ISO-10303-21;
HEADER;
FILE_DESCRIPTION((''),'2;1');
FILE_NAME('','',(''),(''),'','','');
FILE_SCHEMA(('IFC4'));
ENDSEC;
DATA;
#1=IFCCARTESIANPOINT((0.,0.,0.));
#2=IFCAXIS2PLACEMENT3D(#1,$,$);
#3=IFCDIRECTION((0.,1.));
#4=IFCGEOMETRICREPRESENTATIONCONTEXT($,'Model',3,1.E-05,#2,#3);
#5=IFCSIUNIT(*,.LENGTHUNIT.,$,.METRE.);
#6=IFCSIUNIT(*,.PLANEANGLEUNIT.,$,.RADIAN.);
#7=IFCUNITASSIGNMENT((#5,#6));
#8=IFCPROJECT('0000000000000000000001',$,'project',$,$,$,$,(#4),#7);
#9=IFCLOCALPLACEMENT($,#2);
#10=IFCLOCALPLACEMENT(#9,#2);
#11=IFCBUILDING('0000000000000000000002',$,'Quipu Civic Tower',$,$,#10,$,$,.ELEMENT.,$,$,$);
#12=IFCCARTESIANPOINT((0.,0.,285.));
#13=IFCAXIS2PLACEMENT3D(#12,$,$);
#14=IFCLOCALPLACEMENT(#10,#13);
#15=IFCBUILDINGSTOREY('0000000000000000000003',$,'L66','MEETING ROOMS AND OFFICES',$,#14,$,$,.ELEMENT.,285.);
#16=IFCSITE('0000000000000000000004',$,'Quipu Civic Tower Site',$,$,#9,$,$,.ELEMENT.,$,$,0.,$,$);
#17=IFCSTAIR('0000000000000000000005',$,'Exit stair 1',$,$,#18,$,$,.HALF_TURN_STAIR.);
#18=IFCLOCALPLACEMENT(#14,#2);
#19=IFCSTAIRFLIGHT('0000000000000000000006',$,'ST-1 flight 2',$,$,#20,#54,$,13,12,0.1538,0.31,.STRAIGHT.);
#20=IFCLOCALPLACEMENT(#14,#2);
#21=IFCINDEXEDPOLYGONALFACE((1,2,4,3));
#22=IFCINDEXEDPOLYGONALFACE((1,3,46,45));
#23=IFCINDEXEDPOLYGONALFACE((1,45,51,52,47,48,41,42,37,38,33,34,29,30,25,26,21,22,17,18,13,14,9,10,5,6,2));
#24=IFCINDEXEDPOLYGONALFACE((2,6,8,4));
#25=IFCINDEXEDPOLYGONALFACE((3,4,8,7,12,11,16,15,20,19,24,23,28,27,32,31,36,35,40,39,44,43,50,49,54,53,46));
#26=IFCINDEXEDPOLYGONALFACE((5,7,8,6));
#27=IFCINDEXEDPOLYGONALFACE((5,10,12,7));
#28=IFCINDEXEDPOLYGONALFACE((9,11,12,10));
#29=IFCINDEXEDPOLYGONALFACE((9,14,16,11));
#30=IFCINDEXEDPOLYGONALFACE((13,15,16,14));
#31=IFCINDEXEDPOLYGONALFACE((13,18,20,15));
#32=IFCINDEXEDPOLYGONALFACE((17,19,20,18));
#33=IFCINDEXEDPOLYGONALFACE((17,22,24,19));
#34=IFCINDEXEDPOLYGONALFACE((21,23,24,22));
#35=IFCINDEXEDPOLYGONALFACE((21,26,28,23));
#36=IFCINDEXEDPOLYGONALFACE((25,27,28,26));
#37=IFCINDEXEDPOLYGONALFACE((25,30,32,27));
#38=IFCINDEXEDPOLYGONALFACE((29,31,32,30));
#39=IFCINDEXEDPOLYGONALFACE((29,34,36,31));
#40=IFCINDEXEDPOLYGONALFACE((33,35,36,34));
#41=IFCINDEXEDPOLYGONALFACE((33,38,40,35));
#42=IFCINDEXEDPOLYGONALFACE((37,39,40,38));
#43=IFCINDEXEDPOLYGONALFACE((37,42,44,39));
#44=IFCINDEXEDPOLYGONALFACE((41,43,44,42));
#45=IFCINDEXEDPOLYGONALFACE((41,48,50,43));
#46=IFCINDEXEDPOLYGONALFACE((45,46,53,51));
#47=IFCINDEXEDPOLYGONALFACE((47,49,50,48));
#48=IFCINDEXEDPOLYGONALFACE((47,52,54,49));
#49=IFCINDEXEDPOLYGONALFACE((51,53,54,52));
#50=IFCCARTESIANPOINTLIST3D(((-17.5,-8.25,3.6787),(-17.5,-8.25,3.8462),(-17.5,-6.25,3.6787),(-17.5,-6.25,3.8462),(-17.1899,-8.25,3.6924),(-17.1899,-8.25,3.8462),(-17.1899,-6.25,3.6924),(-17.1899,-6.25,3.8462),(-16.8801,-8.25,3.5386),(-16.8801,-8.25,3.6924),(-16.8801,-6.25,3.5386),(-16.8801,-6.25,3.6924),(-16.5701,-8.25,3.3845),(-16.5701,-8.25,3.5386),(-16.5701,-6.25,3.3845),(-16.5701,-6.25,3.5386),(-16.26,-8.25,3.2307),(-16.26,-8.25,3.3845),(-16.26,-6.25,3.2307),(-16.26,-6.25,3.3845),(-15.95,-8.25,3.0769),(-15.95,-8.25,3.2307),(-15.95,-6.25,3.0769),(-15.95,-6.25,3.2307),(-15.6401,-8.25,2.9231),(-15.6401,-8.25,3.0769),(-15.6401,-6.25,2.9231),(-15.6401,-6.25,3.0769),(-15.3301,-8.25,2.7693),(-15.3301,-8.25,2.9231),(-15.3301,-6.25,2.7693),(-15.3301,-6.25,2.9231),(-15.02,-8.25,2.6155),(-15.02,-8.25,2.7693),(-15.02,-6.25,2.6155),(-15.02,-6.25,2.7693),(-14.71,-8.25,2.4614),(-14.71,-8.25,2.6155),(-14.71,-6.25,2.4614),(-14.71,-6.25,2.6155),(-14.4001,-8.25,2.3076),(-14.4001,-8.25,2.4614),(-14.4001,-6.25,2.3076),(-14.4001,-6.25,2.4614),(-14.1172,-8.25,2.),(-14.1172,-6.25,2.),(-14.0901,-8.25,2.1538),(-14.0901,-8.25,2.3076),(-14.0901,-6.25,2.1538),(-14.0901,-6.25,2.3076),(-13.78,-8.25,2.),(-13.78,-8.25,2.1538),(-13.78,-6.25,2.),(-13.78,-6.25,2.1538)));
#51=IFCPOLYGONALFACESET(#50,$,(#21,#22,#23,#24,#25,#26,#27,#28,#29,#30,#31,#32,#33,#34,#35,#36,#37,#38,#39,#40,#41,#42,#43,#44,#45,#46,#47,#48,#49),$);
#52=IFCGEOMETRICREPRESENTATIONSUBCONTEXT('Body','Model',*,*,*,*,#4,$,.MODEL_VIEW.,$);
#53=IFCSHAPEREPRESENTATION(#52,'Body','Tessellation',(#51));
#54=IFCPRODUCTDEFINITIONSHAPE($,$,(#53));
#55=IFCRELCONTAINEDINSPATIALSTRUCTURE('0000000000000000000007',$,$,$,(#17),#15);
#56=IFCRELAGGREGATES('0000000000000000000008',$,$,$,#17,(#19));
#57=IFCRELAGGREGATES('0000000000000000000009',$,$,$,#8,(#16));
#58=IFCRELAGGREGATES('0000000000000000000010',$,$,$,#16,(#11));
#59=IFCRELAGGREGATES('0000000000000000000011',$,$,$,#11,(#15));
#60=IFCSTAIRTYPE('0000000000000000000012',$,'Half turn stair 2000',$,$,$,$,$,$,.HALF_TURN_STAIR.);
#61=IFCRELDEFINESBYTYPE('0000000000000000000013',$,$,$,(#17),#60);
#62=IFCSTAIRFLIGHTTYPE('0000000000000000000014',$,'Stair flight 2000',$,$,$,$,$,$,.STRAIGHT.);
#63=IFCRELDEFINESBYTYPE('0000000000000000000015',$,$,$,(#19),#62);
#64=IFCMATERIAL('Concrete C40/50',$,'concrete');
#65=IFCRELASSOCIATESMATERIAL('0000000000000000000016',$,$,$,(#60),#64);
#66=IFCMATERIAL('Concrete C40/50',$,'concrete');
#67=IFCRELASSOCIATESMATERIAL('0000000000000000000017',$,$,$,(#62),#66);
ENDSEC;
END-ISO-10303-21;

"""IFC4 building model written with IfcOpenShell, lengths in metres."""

from ifc_helpers import new_model, si_unit, direction, frame, origin, place, context, subcontext, project, spatial, polyline, outline, extrude, material, type_object, element, aggregate, save


model = new_model("IFC4")

# Units and contexts
model_context = context("Model", 3, precision=1e-05, world=origin(), true_north=direction((0.0, 1.0)))
body_context = subcontext(model_context, "Body", "Model", "MODEL_VIEW")
ifc_project = project(units=[si_unit("LENGTHUNIT", "METRE"), si_unit("PLANEANGLEUNIT", "RADIAN")], contexts=[model_context])

# Site, building, storey
site_placement = place(None, origin())
site = spatial("IfcSite", under=ifc_project, at=site_placement, Name="Quipu Civic Tower Site", CompositionType="ELEMENT", RefElevation=0.0)
building_placement = place(site_placement, origin())
building = spatial("IfcBuilding", under=site, at=building_placement, Name="Quipu Civic Tower", CompositionType="ELEMENT")
storey_placement = place(building_placement, frame((0.0, 0.0, 285.0)))
storey = spatial("IfcBuildingStorey", under=building, at=storey_placement, Name="L66", Description="MEETING ROOMS AND OFFICES", CompositionType="ELEMENT", Elevation=285.0)

# Stair, stair flight
ifc_material_1 = material(Name="Concrete C40/50", Category="concrete")
stair_type = type_object("IfcStairType", Name="Half turn stair 2000", PredefinedType="HALF_TURN_STAIR", material=ifc_material_1)
stair_placement = place(storey_placement, origin())
stair = element("IfcStair", 1, at=stair_placement, inside=storey, type_object=stair_type, Name="Exit stair 1", PredefinedType="HALF_TURN_STAIR")
ifc_material_2 = material(Name="Concrete C40/50", Category="concrete")
stair_flight_type = type_object("IfcStairFlightType", Name="Stair flight 2000", PredefinedType="STRAIGHT", material=ifc_material_2)
stair_flight_1_placement = place(storey_placement, frame((-13.78, -7.25, 2.0), z_axis=(0.0, 0.0, 1.0), x_axis=(-1.0, 0.0, 0.0)))
stair_flight_1 = element("IfcStairFlight", 2, at=stair_flight_1_placement, type_object=stair_flight_type, Name="ST-1 flight 2", NumberOfRisers=13, NumberOfTreads=12, PredefinedType="STRAIGHT", RiserHeight=0.1538, TreadLength=0.31, context=body_context, shape_type="SweptSolid", body=[
    extrude(outline(polyline([(0.0, 0.0), (0.0, 0.1538), (0.3101, 0.1538), (0.3101, 0.3076), (0.6201, 0.3076), (0.6201, 0.4614), (0.9299, 0.4614), (0.9299, 0.6155), (1.24, 0.6155), (1.24, 0.7693), (1.55, 0.7693), (1.55, 0.9231), (1.8601, 0.9231), (1.8601, 1.0769), (2.1699, 1.0769), (2.1699, 1.2307), (2.48, 1.2307), (2.48, 1.3845), (2.79, 1.3845), (2.79, 1.5386), (3.1001, 1.5386), (3.1001, 1.6924), (3.4099, 1.6924), (3.4099, 1.8462), (3.72, 1.8462), (3.72, 2.0), (3.72, 1.6787), (0.3372, 0.0), (0.0, 0.0)])), frame((0.0, 1.0, 0.0), z_axis=(0.0, -1.0, 0.0), x_axis=(1.0, 0.0, 0.0)), (0.0, 0.0, 1.0), 2.0),
])
aggregate(stair, [stair_flight_1])

save(model, "model.ifc")
